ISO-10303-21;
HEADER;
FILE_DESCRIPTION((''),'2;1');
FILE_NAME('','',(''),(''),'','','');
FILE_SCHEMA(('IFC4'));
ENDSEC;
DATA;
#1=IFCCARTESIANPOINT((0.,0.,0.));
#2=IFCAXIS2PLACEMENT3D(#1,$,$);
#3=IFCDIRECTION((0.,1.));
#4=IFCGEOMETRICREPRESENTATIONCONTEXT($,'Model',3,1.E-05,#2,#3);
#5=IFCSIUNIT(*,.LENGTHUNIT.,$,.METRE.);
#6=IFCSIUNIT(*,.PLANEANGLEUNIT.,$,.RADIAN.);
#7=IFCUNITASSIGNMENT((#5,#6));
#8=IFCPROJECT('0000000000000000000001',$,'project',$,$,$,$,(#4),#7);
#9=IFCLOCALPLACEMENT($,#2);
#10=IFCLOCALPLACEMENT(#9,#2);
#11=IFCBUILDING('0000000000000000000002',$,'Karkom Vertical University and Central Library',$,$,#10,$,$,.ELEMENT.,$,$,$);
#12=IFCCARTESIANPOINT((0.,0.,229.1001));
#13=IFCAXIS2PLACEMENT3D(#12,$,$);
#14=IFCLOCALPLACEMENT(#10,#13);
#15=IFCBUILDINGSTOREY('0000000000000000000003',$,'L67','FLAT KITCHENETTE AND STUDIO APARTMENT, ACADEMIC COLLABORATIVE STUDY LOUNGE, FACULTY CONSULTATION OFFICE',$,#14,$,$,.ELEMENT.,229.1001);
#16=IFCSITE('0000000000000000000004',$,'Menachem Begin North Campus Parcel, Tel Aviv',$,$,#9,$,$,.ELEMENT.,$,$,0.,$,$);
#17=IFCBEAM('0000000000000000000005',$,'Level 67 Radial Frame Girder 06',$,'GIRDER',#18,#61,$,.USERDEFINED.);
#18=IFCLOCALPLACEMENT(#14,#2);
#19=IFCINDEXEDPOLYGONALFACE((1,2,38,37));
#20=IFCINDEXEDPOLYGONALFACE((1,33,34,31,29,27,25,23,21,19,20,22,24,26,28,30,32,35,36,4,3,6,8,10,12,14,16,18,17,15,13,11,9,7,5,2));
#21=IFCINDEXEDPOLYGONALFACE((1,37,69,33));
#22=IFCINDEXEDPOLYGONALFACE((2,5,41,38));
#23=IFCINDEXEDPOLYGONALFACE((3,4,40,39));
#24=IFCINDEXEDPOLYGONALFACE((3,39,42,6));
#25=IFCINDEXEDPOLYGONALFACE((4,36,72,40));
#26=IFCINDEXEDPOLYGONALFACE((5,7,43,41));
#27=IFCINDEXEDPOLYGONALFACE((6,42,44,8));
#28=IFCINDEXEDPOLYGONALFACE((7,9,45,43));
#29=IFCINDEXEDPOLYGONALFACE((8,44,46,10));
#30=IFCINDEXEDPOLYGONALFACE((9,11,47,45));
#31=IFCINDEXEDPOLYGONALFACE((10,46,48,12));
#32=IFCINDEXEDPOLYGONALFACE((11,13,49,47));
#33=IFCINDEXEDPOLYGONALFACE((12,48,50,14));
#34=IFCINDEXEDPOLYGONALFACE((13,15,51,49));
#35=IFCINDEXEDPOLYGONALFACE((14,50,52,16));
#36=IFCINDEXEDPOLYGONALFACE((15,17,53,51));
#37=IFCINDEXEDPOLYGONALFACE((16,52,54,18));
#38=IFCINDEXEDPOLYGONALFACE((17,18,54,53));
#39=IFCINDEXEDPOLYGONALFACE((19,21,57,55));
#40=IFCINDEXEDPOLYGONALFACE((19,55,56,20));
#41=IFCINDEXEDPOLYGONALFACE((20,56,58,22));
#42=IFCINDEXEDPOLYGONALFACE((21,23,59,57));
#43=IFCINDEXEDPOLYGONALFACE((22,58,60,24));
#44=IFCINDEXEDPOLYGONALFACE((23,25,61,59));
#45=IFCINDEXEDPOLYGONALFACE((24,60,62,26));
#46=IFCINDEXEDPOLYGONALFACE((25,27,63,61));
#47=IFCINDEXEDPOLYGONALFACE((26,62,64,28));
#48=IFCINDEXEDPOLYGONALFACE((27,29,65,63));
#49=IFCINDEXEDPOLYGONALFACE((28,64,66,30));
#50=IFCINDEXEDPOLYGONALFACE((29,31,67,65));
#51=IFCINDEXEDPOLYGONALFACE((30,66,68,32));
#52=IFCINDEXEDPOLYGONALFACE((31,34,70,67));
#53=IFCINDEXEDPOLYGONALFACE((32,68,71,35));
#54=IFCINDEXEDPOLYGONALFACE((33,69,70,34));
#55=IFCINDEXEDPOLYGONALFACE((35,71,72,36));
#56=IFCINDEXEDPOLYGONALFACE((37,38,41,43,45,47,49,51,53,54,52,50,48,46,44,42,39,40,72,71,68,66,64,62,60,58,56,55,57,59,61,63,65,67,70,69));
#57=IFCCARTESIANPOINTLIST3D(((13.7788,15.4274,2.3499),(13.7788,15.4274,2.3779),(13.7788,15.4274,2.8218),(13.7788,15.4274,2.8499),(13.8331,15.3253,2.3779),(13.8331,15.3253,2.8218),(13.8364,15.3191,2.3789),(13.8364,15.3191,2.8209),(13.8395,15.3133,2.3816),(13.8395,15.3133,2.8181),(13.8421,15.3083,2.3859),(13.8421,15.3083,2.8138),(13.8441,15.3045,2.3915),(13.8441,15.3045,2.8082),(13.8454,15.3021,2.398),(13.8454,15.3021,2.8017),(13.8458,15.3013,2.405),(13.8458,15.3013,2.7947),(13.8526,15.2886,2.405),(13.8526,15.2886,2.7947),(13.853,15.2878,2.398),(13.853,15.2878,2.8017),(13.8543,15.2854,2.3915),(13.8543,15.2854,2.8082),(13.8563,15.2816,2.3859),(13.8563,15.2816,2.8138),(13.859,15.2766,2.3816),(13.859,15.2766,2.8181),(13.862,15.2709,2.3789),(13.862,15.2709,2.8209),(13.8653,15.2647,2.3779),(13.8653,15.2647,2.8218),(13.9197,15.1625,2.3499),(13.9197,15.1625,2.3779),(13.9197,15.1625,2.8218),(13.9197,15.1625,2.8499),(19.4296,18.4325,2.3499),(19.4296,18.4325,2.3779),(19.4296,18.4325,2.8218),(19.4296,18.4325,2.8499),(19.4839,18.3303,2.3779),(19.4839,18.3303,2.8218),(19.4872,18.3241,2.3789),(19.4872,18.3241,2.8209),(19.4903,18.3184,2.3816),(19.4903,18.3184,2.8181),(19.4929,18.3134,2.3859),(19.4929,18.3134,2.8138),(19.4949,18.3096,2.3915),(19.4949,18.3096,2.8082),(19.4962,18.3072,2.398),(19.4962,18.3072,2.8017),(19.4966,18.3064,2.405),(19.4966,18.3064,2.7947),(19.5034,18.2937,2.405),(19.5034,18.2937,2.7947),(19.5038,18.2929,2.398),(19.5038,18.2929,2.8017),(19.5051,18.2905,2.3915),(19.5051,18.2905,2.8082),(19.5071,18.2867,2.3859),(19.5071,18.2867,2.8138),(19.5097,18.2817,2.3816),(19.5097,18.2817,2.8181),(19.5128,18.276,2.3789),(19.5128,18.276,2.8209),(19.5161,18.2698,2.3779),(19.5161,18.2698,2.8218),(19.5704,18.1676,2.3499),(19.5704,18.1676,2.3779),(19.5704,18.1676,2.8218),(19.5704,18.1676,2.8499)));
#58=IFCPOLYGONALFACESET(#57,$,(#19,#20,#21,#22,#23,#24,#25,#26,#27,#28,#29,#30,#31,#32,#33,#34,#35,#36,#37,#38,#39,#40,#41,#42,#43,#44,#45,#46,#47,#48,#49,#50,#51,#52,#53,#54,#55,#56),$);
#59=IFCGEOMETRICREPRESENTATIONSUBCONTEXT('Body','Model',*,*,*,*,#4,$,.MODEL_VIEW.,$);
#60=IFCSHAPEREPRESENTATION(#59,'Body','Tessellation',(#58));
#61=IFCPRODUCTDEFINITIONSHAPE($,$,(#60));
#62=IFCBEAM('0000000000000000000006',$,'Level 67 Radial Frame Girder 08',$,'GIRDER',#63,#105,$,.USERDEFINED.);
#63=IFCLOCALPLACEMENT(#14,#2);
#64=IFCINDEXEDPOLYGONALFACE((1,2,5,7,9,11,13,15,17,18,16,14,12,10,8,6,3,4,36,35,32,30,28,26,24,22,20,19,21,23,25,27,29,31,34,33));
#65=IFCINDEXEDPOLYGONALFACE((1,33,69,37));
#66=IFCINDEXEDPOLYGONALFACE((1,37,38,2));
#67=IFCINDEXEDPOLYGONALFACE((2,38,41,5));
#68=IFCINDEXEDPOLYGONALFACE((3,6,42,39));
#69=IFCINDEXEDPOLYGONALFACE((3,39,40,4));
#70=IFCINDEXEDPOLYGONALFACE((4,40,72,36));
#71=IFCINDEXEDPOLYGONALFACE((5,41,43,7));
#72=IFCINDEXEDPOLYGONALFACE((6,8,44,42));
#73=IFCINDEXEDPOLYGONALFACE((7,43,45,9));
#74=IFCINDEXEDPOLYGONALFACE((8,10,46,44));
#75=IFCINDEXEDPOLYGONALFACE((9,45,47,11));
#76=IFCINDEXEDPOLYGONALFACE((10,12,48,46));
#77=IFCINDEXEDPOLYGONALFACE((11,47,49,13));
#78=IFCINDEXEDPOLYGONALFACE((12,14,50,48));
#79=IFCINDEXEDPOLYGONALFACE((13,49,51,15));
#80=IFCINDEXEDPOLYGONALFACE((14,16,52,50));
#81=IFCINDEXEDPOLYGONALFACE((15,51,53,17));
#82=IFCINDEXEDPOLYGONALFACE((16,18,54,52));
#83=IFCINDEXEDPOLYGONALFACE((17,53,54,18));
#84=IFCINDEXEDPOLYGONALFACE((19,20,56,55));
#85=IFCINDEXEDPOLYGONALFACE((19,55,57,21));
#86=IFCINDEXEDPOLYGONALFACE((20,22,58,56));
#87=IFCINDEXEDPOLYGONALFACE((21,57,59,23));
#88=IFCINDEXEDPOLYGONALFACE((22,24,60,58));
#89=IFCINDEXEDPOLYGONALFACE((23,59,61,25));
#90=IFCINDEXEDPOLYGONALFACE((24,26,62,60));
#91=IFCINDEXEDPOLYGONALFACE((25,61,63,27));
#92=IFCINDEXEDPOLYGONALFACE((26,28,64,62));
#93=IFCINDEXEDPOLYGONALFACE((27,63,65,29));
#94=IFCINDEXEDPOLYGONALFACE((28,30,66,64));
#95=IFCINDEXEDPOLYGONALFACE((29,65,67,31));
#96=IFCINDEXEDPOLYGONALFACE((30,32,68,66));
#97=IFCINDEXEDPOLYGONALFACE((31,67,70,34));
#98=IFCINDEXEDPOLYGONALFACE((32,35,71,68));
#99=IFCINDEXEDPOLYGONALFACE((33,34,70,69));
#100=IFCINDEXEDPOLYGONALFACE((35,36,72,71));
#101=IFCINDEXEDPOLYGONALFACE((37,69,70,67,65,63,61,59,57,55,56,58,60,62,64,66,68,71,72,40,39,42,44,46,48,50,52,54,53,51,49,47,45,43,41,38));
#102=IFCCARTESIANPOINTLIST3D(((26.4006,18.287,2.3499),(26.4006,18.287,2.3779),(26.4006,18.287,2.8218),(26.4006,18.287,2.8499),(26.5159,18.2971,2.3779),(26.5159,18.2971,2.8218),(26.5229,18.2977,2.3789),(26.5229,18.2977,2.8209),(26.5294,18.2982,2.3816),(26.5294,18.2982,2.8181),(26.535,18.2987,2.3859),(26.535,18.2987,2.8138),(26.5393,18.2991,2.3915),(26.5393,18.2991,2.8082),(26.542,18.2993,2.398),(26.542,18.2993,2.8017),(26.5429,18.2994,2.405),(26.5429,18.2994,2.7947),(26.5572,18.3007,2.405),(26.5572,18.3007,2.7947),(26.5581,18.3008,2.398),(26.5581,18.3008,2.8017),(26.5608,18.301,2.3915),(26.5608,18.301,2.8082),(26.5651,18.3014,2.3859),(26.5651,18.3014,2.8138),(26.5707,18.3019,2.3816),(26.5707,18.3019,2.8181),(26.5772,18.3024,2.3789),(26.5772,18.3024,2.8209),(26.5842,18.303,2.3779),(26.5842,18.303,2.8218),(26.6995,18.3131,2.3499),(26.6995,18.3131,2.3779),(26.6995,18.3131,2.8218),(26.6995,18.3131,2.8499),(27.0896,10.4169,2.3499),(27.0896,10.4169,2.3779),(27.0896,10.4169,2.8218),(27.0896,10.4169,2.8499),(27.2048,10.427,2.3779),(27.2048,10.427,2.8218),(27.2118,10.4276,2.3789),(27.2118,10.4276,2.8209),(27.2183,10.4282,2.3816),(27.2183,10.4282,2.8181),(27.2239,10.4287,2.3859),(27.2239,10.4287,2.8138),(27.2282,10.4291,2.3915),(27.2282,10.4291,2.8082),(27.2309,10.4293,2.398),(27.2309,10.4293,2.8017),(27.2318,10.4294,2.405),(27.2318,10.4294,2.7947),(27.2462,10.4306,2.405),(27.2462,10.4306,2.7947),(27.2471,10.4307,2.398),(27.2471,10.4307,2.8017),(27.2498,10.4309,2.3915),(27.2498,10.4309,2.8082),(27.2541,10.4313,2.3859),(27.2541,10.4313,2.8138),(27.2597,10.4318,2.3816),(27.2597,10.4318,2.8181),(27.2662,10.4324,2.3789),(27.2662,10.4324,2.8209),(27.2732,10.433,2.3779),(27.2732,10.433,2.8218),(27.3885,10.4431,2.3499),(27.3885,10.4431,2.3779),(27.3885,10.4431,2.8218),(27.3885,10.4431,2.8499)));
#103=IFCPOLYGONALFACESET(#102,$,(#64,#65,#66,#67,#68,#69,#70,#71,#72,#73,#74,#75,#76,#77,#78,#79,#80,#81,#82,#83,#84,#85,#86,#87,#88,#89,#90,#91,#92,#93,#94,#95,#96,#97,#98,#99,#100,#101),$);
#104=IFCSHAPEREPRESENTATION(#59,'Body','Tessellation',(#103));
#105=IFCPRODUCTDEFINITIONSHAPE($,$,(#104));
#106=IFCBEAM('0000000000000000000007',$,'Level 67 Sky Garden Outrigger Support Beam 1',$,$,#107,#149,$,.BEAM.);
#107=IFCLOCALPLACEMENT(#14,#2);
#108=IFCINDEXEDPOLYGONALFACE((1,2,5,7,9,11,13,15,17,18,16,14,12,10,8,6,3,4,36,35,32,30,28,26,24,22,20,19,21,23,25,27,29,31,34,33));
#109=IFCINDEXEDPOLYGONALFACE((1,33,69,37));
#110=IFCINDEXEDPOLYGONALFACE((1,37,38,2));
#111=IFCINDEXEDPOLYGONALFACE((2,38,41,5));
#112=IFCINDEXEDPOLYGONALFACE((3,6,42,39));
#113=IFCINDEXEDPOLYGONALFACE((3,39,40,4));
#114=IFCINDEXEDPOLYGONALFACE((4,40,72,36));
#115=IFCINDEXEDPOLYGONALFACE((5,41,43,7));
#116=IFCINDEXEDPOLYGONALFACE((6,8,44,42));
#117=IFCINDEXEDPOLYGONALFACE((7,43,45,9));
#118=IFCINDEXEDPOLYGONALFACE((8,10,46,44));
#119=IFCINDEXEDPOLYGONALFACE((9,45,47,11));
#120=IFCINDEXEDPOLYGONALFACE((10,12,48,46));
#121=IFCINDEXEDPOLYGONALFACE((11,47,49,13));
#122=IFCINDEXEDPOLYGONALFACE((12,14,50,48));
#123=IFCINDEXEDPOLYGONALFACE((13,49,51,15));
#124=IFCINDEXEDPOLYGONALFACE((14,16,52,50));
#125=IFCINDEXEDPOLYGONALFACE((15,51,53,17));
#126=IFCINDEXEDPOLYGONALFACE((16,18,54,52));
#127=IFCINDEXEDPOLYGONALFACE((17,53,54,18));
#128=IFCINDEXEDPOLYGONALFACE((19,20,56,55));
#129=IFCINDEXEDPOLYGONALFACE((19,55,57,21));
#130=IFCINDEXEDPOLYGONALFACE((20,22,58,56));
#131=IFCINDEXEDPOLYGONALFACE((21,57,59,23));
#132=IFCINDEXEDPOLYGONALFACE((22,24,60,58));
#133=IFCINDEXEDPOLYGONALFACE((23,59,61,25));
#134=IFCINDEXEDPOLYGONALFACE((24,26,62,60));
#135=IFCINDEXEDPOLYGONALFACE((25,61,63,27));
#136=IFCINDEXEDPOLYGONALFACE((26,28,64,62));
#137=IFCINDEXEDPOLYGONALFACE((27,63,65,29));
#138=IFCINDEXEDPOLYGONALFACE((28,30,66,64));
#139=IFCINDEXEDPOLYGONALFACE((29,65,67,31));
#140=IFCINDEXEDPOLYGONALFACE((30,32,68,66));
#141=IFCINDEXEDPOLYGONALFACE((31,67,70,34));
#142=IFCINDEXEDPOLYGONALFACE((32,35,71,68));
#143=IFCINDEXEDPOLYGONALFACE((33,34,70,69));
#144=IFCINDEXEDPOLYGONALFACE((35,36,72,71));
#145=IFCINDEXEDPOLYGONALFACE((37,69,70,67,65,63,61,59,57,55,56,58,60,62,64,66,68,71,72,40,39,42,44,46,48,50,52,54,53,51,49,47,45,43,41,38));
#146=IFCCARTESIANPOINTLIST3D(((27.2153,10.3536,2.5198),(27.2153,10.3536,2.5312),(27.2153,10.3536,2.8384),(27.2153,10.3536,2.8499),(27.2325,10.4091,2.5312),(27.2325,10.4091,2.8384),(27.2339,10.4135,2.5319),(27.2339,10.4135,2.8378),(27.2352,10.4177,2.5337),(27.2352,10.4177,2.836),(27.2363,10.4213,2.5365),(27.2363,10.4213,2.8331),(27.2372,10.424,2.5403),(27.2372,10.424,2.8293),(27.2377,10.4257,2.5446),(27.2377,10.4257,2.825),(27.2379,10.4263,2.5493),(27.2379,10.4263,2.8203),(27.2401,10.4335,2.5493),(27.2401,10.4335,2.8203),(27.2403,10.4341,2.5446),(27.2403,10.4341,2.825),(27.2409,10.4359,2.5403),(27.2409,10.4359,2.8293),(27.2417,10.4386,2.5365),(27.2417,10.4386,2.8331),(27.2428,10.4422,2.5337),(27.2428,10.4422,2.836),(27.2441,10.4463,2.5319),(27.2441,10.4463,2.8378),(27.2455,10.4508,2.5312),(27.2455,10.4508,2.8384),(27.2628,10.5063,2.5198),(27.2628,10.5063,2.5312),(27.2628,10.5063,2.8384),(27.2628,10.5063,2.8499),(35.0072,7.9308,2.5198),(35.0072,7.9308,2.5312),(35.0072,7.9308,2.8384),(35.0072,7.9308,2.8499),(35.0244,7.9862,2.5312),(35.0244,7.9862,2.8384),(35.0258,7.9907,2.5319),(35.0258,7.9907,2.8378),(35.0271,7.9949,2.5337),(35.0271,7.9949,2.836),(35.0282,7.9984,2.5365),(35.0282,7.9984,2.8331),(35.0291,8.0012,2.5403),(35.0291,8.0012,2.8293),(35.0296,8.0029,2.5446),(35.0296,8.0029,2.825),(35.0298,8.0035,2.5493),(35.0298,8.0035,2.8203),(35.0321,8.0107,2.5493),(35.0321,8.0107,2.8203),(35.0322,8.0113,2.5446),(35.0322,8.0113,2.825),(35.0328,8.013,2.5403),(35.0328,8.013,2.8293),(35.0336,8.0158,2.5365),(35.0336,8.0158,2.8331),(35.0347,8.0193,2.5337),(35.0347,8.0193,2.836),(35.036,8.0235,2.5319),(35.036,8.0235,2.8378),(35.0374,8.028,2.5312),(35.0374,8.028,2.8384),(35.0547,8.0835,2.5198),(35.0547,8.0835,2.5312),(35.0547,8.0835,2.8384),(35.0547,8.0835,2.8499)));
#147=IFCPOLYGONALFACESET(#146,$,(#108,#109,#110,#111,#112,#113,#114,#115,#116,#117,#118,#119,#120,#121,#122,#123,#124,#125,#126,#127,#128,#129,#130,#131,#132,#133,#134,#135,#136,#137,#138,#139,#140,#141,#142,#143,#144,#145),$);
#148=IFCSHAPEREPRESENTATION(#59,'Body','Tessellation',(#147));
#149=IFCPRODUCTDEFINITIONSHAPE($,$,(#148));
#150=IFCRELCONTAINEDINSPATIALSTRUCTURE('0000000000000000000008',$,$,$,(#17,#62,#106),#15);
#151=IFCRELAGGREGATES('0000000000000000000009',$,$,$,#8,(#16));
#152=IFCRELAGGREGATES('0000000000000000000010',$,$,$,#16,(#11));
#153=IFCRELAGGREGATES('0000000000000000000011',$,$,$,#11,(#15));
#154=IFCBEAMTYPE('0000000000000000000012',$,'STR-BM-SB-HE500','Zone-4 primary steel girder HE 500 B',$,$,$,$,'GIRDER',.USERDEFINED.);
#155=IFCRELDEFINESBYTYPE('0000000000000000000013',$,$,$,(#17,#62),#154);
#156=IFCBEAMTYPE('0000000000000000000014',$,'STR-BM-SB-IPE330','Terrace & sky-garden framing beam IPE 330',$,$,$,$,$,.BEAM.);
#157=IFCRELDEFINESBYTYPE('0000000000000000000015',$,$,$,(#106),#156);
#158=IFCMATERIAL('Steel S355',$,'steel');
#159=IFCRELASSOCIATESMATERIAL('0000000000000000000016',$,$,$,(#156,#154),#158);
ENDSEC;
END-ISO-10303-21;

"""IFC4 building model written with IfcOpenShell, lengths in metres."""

from ifc_helpers import new_model, si_unit, direction, frame, origin, origin_with_axes, origin_2d, place, context, subcontext, project, spatial, i_section, extrude, source, transform, mapped, material, material_profile, profile_set, type_object, element, save


model = new_model("IFC4")

# Units and contexts
model_context = context("Model", 3, precision=1e-05, world=origin(), true_north=direction((0.0, 1.0)))
body_context = subcontext(model_context, "Body", "Model", "MODEL_VIEW")
ifc_project = project(units=[si_unit("LENGTHUNIT", "METRE"), si_unit("PLANEANGLEUNIT", "RADIAN")], contexts=[model_context])

# Site, building, storey
site_placement = place(None, origin())
site = spatial("IfcSite", under=ifc_project, at=site_placement, Name="Menachem Begin North Campus Parcel, Tel Aviv", CompositionType="ELEMENT", RefElevation=0.0)
building_placement = place(site_placement, origin())
building = spatial("IfcBuilding", under=site, at=building_placement, Name="Karkom Vertical University and Central Library", CompositionType="ELEMENT")
storey_placement = place(building_placement, frame((0.0, 0.0, 229.1001)))
storey = spatial("IfcBuildingStorey", under=building, at=storey_placement, Name="L67", Description="FLAT KITCHENETTE AND STUDIO APARTMENT, ACADEMIC COLLABORATIVE STUDY LOUNGE, FACULTY CONSULTATION OFFICE", CompositionType="ELEMENT", Elevation=229.1001)

# Beams
ifc_material_1 = material(Name="Steel S355", Category="steel")
ifc_material_profile_1 = material_profile(ifc_material_1, i_section(OverallWidth=0.1599, OverallDepth=0.3301, WebThickness=0.0076, FlangeThickness=0.0115, FilletRadius=0.0181, at=origin_2d()), Name="IPE 330")
ifc_profile_set_1 = profile_set([ifc_material_profile_1], Name="Steel S355")
beam_type_1 = type_object("IfcBeamType", Name="STR-BM-SB-IPE330", Description="Terrace & sky-garden framing beam IPE 330", PredefinedType="BEAM", material=ifc_profile_set_1)
ifc_material_profile_2 = material_profile(ifc_material_1, i_section(OverallWidth=0.3, OverallDepth=0.5, WebThickness=0.0144, FlangeThickness=0.0281, FilletRadius=0.0271, at=origin_2d()), Name="HE 500 B")
ifc_profile_set_2 = profile_set([ifc_material_profile_2], Name="Steel S355")
beam_type_2 = type_object("IfcBeamType", Name="STR-BM-SB-HE500", Description="Zone-4 primary steel girder HE 500 B", ElementType="GIRDER", PredefinedType="USERDEFINED", material=ifc_profile_set_2)
shared_shape_1 = source(origin_with_axes(), body_context, "Body", "SweptSolid", [
    extrude(i_section(OverallWidth=0.3, OverallDepth=0.5, WebThickness=0.0144, FlangeThickness=0.0281, FilletRadius=0.0271, at=origin_2d()), origin(), (0.0, 0.0, 1.0), 6.4001),
])
beam_1_placement = place(storey_placement, frame((19.5, 18.3, 2.5999), z_axis=(-0.882915, -0.469533, 0.0), x_axis=(0.469533, -0.882915, 0.0)))
element("IfcBeam", 1, at=beam_1_placement, inside=storey, type_object=beam_type_2, Name="Level 67 Radial Frame Girder 06", ObjectType="GIRDER", PredefinedType="USERDEFINED", context=body_context, shape_type="MappedRepresentation", body=[
    mapped(shared_shape_1, transform((0.0, 0.0, 0.0), scale=1.0)),
])
shared_shape_2 = source(origin_with_axes(), body_context, "Body", "SweptSolid", [
    extrude(i_section(OverallWidth=0.3, OverallDepth=0.5, WebThickness=0.0144, FlangeThickness=0.0281, FilletRadius=0.0271, at=origin_2d()), origin(), (0.0, 0.0, 1.0), 7.9001),
])
beam_2_placement = place(storey_placement, frame((26.55, 18.3, 2.5999), z_axis=(0.087208, -0.99619, 0.0), x_axis=(0.99619, 0.087208, 0.0)))
element("IfcBeam", 2, at=beam_2_placement, inside=storey, type_object=beam_type_2, Name="Level 67 Radial Frame Girder 08", ObjectType="GIRDER", PredefinedType="USERDEFINED", context=body_context, shape_type="MappedRepresentation", body=[
    mapped(shared_shape_2, transform((0.0, 0.0, 0.0), scale=1.0)),
])
shared_shape_3 = source(origin_with_axes(), body_context, "Body", "SweptSolid", [
    extrude(i_section(OverallWidth=0.1599, OverallDepth=0.3301, WebThickness=0.0076, FlangeThickness=0.0115, FilletRadius=0.0181, at=origin_2d()), origin(), (0.0, 0.0, 1.0), 8.1599),
])
beam_3_placement = place(storey_placement, frame((27.239, 10.4299, 2.6848), z_axis=(0.954903, -0.296919, 0.0), x_axis=(0.296919, 0.954903, 0.0)))
element("IfcBeam", 3, at=beam_3_placement, inside=storey, type_object=beam_type_1, Name="Level 67 Sky Garden Outrigger Support Beam 1", PredefinedType="BEAM", context=body_context, shape_type="MappedRepresentation", body=[
    mapped(shared_shape_3, transform((0.0, 0.0, 0.0), scale=1.0)),
])

save(model, "model.ifc")
